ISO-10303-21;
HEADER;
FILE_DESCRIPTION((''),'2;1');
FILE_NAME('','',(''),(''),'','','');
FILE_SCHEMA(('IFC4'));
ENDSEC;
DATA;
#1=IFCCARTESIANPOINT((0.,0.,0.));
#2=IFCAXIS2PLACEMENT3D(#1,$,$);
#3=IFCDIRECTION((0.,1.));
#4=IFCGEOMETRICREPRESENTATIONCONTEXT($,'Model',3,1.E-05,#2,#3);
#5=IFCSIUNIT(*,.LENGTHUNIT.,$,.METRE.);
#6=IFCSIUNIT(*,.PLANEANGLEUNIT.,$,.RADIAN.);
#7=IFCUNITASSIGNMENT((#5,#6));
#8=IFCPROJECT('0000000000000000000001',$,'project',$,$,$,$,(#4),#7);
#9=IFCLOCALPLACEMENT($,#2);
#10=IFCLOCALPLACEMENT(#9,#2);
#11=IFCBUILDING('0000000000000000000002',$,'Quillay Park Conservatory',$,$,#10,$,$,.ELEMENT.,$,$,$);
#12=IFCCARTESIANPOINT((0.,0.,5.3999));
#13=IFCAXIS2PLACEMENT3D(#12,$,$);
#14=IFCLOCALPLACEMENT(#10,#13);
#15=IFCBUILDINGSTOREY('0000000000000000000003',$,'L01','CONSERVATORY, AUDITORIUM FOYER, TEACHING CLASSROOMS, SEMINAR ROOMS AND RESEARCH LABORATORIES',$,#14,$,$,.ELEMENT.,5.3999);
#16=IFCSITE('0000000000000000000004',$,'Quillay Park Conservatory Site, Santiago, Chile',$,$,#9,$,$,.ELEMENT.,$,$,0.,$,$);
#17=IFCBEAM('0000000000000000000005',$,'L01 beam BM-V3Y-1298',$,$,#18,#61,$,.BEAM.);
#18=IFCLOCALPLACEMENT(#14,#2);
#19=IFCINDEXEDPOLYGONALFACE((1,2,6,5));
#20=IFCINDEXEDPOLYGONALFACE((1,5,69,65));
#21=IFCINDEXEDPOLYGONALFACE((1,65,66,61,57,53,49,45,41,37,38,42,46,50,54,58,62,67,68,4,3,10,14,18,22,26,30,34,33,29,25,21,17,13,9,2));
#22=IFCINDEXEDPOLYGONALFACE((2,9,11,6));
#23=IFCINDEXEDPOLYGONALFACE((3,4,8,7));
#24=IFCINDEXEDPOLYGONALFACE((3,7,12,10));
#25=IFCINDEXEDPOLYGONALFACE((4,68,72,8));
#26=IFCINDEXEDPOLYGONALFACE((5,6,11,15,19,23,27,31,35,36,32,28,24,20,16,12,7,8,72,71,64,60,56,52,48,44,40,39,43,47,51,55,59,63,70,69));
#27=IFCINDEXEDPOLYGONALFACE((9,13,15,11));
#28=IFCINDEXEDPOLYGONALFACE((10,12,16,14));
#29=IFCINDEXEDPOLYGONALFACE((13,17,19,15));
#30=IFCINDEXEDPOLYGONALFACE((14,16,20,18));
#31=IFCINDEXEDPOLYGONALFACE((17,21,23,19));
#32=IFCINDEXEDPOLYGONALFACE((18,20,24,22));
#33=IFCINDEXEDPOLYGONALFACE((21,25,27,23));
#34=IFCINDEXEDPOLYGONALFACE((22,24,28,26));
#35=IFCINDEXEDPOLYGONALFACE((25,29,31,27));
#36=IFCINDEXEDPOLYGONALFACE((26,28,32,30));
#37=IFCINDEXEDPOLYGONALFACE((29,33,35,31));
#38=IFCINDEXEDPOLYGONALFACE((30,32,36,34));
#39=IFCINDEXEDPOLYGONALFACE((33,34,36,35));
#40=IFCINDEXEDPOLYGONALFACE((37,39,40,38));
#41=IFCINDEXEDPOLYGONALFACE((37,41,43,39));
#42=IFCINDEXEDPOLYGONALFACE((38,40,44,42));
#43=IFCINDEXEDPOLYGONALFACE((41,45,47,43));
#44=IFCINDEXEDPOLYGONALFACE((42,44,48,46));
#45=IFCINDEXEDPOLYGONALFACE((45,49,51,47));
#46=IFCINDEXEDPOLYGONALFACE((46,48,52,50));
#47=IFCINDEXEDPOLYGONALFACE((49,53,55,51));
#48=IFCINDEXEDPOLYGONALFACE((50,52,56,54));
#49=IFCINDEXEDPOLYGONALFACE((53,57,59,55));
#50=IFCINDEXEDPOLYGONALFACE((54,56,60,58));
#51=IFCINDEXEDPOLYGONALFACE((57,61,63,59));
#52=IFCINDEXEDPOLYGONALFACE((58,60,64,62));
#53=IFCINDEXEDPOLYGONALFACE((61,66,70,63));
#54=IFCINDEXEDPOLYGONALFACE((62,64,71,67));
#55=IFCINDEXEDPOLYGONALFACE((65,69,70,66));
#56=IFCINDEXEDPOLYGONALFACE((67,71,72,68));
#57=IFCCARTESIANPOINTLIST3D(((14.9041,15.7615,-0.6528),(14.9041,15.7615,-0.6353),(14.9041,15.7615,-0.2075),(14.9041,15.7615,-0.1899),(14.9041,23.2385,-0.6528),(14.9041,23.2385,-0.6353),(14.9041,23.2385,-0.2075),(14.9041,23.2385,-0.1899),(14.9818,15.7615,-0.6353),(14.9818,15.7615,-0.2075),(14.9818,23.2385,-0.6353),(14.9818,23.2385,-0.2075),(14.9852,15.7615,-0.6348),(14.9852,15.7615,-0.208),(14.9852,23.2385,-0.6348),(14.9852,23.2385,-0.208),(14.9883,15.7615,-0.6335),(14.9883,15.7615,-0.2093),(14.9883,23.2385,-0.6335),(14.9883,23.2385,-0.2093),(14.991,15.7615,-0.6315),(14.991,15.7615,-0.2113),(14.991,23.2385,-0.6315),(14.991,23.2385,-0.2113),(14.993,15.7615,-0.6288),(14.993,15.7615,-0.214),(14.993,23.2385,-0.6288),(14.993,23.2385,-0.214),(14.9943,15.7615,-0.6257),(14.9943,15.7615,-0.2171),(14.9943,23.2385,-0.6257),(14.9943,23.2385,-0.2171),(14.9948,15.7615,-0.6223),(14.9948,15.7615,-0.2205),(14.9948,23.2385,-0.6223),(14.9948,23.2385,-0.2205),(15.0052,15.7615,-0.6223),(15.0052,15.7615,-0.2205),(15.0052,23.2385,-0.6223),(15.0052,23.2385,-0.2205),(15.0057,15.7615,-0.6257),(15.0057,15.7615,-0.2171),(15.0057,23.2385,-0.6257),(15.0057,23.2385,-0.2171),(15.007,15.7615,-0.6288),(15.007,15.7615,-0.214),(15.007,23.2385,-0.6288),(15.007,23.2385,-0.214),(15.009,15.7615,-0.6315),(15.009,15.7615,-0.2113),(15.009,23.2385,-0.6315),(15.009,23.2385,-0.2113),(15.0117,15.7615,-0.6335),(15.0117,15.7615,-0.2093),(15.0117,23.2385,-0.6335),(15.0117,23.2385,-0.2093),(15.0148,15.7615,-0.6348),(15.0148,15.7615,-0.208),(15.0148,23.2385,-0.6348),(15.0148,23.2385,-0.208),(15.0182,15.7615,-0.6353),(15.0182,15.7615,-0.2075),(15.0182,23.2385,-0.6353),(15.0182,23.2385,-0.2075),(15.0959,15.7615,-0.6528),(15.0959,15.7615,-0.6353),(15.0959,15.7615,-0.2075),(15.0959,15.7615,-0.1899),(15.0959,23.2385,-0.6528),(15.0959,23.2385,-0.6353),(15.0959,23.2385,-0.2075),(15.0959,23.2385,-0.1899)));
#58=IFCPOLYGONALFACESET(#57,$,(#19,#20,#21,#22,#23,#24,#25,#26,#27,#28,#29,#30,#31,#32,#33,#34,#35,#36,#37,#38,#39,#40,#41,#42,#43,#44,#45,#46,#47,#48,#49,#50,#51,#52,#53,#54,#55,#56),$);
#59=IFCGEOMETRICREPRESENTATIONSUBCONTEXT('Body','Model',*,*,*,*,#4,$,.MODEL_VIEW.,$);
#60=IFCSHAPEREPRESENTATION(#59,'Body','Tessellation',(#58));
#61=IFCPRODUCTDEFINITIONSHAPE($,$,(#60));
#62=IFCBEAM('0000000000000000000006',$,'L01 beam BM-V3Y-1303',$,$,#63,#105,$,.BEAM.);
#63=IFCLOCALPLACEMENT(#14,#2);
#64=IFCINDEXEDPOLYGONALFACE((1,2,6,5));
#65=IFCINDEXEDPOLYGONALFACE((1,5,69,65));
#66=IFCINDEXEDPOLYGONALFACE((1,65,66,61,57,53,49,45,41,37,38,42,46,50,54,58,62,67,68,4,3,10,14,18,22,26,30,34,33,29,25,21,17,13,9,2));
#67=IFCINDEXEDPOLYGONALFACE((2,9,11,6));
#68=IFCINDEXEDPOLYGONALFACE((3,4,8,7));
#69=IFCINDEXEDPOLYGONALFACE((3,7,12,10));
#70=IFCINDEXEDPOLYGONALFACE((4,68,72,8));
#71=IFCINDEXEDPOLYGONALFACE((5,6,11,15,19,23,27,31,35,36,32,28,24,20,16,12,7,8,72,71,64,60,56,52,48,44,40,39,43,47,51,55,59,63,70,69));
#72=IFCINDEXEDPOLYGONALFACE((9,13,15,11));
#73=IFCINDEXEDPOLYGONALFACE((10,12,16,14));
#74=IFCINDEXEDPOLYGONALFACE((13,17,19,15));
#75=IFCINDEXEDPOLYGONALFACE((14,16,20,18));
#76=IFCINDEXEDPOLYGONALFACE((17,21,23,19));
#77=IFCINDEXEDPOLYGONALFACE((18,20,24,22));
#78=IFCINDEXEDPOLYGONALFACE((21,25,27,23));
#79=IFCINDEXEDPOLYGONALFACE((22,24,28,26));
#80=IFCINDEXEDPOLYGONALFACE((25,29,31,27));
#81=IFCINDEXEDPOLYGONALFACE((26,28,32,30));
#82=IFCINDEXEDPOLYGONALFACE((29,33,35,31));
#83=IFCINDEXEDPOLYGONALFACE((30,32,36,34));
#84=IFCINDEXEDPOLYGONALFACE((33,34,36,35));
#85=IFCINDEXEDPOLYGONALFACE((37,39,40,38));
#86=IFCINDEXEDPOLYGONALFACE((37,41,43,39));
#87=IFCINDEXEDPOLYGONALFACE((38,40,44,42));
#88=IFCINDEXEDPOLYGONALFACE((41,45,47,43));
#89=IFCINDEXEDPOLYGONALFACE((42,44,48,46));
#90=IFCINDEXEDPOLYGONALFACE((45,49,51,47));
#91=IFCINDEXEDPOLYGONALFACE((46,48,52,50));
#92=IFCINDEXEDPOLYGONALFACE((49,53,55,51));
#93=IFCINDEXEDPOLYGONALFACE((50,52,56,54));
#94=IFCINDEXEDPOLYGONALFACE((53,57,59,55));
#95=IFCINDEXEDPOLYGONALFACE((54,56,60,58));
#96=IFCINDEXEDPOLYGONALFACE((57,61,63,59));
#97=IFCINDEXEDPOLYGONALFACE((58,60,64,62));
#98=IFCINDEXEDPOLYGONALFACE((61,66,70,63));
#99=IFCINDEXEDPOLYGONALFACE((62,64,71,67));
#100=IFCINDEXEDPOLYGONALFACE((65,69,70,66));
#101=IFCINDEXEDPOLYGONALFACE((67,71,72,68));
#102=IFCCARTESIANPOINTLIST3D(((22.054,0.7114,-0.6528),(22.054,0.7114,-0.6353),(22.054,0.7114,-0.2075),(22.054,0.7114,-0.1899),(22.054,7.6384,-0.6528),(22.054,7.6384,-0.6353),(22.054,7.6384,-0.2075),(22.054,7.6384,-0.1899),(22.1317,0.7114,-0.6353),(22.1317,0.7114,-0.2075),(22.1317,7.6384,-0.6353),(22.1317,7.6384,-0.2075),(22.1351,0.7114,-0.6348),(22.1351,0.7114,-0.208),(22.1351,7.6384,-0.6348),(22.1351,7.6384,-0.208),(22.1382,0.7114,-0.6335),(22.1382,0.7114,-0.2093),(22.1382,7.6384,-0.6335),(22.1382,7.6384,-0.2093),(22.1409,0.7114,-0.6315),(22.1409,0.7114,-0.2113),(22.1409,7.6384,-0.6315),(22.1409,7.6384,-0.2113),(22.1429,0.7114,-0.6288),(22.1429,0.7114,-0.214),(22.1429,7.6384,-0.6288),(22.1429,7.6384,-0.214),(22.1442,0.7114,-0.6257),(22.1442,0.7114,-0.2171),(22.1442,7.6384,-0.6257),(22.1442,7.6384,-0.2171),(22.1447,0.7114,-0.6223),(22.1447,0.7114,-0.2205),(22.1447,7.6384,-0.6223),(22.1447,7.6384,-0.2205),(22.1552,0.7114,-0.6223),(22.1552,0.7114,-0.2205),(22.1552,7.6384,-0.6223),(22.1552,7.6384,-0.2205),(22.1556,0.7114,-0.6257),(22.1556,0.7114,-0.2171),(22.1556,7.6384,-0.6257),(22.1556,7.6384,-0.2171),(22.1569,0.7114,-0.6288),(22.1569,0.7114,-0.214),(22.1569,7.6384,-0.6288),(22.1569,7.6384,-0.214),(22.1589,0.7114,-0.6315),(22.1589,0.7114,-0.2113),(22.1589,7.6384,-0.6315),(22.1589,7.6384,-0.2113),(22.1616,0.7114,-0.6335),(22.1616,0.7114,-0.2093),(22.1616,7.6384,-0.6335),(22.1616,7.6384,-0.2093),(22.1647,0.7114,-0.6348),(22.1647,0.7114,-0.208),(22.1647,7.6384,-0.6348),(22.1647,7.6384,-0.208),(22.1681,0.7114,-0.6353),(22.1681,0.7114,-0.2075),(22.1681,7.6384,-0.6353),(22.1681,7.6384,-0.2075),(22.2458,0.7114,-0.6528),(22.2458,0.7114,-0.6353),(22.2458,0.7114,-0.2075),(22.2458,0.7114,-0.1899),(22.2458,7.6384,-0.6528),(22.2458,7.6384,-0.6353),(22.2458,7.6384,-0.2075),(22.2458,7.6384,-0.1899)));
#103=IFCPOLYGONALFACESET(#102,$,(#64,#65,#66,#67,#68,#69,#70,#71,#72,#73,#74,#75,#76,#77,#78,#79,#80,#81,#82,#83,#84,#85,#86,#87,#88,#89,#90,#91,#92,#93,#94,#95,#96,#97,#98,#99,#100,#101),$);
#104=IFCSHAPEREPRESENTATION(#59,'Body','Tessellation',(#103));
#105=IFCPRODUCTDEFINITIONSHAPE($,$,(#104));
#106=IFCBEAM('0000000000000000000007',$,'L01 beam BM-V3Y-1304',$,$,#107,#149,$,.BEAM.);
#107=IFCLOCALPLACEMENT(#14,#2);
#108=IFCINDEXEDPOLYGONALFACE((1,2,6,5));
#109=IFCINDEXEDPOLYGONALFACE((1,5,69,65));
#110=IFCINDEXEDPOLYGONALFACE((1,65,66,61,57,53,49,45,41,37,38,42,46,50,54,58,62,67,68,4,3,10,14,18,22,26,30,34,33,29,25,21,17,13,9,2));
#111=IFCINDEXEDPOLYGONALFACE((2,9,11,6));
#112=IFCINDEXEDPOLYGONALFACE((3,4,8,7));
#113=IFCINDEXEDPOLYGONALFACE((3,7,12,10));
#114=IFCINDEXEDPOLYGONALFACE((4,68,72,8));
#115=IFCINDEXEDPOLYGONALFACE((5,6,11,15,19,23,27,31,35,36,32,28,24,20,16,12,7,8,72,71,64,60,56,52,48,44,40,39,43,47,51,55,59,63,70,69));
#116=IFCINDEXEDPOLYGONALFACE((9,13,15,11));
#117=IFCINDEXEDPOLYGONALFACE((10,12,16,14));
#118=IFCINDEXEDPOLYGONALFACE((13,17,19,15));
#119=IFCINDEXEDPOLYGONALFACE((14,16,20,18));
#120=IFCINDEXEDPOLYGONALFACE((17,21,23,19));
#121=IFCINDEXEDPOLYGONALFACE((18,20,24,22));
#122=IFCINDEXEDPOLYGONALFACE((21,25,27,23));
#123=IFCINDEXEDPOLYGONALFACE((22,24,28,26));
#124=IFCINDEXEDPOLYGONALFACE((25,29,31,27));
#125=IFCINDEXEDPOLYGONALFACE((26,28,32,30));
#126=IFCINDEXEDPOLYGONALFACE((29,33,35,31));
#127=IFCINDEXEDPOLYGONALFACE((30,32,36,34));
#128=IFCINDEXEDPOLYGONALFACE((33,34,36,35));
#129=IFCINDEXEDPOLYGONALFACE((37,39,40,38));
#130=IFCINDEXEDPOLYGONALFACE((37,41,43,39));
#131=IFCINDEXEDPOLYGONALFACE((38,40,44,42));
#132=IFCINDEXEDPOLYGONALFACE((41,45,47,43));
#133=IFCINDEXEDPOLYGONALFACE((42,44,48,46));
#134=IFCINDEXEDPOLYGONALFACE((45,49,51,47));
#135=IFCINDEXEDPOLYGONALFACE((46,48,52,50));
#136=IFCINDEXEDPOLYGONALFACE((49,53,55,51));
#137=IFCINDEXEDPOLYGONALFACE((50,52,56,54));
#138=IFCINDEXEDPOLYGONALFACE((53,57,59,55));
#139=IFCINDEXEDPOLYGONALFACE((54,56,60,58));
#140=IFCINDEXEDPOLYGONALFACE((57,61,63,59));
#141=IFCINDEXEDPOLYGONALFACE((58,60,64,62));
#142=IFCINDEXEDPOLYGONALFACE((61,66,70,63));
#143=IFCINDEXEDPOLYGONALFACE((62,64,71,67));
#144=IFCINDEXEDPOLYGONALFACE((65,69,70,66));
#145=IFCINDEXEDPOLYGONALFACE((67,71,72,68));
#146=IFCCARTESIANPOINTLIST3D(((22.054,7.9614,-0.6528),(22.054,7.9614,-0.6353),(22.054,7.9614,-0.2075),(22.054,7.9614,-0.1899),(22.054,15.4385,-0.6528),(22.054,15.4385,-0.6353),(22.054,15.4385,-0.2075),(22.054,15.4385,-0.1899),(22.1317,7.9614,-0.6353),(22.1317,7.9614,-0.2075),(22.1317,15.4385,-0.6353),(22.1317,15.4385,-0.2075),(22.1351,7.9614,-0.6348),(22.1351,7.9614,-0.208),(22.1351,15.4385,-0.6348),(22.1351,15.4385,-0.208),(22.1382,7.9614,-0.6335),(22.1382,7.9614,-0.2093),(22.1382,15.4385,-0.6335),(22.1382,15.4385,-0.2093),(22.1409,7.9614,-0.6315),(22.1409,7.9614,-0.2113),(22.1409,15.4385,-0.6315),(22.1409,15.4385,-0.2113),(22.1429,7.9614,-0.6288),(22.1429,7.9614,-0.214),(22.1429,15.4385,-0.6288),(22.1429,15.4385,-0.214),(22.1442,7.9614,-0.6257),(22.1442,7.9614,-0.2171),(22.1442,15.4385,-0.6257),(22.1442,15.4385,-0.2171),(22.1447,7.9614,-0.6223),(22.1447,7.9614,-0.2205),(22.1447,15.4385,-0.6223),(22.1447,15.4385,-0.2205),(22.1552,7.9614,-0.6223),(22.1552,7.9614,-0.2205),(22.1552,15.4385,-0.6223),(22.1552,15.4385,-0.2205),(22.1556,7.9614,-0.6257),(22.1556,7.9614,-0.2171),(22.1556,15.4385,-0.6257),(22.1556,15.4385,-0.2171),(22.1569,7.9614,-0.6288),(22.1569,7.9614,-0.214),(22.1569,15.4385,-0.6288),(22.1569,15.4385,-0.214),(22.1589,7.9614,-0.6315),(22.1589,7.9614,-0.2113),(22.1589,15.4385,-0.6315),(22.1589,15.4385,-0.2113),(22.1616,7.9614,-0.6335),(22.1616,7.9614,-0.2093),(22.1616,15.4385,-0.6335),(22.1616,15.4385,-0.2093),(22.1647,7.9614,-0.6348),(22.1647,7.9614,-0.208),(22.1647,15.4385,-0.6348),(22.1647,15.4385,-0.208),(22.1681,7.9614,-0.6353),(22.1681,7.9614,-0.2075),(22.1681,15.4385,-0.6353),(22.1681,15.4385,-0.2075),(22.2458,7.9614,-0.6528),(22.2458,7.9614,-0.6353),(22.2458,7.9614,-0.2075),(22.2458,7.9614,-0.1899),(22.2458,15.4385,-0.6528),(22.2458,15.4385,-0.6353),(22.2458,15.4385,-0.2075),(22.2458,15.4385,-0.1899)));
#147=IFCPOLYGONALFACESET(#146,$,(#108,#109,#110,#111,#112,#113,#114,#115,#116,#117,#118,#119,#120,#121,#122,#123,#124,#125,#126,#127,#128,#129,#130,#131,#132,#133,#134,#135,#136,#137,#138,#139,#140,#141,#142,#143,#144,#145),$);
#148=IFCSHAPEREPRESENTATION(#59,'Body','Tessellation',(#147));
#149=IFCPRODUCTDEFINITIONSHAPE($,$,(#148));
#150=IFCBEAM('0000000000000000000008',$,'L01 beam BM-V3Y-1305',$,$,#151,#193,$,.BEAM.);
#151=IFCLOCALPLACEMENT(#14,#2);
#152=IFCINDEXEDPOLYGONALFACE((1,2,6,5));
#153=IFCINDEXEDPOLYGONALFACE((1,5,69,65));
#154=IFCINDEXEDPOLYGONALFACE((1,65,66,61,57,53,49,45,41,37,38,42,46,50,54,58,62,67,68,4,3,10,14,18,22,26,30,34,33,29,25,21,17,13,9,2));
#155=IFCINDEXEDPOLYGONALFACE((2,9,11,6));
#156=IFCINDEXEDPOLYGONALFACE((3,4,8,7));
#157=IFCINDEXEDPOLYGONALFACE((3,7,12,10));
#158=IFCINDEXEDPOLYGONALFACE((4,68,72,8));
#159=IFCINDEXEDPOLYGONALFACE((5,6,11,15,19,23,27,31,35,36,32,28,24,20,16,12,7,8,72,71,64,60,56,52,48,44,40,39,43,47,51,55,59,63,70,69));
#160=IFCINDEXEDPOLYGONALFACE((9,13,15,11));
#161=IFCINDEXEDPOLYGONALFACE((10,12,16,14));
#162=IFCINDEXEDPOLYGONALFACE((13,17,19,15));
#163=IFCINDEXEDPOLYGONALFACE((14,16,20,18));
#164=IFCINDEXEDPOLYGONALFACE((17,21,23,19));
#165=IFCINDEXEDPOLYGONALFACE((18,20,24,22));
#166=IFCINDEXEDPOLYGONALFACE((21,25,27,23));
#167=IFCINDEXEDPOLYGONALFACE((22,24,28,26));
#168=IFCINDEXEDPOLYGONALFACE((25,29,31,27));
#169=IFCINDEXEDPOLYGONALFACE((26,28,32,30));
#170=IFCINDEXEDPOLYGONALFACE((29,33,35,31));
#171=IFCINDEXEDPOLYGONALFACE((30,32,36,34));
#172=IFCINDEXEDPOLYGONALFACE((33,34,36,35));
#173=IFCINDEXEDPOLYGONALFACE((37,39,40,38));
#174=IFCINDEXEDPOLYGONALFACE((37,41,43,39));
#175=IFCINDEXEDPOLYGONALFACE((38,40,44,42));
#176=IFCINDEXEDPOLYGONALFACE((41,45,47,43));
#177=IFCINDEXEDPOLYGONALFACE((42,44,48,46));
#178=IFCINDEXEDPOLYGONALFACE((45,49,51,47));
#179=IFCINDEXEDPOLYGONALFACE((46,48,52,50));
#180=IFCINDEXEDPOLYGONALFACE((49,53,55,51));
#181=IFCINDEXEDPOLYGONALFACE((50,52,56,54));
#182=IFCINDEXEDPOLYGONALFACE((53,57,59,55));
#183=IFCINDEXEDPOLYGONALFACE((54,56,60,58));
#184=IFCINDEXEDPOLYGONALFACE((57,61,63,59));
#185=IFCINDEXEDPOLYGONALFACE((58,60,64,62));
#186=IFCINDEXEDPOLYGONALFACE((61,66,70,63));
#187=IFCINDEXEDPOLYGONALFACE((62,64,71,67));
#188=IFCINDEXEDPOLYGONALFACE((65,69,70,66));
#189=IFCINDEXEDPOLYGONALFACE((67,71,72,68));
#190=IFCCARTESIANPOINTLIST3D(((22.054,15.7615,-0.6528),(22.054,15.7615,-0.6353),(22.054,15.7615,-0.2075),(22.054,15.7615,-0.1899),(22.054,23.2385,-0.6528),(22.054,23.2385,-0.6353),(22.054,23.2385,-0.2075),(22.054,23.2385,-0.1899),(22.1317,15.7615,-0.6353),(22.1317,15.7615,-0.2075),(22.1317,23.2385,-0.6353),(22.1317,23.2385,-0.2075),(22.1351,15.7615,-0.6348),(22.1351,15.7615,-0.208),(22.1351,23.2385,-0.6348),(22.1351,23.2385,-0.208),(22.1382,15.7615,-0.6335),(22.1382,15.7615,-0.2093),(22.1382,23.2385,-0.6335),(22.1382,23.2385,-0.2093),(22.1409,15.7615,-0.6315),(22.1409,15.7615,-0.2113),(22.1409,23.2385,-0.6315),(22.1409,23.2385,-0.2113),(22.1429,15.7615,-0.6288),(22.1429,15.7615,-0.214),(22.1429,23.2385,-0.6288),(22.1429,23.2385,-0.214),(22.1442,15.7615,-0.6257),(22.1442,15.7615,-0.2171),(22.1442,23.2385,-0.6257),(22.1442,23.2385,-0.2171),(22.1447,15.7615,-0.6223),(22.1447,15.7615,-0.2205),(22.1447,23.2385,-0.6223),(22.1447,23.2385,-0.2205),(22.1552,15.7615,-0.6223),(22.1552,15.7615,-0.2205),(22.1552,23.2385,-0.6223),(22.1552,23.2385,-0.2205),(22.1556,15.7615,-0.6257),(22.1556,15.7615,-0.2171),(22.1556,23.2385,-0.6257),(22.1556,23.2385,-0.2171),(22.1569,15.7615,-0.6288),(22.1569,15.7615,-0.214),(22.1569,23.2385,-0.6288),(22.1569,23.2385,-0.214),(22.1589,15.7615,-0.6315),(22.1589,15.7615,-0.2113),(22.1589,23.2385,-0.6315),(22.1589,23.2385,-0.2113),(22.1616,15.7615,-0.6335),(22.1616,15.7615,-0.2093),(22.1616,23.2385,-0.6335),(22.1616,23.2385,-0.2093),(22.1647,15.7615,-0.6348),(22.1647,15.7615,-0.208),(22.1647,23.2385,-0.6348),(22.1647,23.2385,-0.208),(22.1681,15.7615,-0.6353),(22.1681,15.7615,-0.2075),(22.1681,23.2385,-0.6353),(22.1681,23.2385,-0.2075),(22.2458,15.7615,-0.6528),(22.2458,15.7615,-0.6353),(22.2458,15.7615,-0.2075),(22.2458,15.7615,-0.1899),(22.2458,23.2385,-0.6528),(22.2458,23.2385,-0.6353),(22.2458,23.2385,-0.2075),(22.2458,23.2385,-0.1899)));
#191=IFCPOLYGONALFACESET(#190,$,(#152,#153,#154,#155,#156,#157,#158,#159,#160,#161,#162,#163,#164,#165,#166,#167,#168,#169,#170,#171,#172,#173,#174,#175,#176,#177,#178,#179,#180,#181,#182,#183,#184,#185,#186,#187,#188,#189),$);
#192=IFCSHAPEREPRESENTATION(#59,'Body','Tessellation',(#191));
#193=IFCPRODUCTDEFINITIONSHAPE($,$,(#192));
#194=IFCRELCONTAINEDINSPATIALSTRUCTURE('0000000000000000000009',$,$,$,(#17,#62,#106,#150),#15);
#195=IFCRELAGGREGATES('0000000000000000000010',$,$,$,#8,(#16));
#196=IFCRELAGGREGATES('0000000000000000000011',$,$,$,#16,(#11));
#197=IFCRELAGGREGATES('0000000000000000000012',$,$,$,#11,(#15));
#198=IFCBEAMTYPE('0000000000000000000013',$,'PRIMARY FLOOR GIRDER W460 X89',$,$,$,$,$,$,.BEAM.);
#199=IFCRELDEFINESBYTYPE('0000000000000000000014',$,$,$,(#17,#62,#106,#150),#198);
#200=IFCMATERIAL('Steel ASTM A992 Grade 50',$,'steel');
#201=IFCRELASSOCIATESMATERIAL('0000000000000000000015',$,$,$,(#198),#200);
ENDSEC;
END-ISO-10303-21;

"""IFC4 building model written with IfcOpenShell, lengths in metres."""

from ifc_helpers import new_model, si_unit, direction, frame, origin, origin_2d, place, context, subcontext, project, spatial, i_section, extrude, material, material_profile, profile_set, type_object, element, save


model = new_model("IFC4")

# Units and contexts
model_context = context("Model", 3, precision=1e-05, world=origin(), true_north=direction((0.0, 1.0)))
body_context = subcontext(model_context, "Body", "Model", "MODEL_VIEW")
ifc_project = project(units=[si_unit("LENGTHUNIT", "METRE"), si_unit("PLANEANGLEUNIT", "RADIAN")], contexts=[model_context])

# Site, building, storey
site_placement = place(None, origin())
site = spatial("IfcSite", under=ifc_project, at=site_placement, Name="Quillay Park Conservatory Site, Santiago, Chile", CompositionType="ELEMENT", RefElevation=0.0)
building_placement = place(site_placement, origin())
building = spatial("IfcBuilding", under=site, at=building_placement, Name="Quillay Park Conservatory", CompositionType="ELEMENT")
storey_placement = place(building_placement, frame((0.0, 0.0, 5.3999)))
storey = spatial("IfcBuildingStorey", under=building, at=storey_placement, Name="L01", Description="CONSERVATORY, AUDITORIUM FOYER, TEACHING CLASSROOMS, SEMINAR ROOMS AND RESEARCH LABORATORIES", CompositionType="ELEMENT", Elevation=5.3999)

# Beams
ifc_material_1 = material(Name="Steel ASTM A992 Grade 50", Category="steel")
ifc_material_profile_1 = material_profile(ifc_material_1, i_section(OverallWidth=0.1919, OverallDepth=0.4629, WebThickness=0.0105, FlangeThickness=0.0176, FilletRadius=0.0129, at=origin_2d()), Name="W460x89")
ifc_profile_set_1 = profile_set([ifc_material_profile_1], Name="Steel ASTM A992 Grade 50")
beam_type_1 = type_object("IfcBeamType", Name="PRIMARY FLOOR GIRDER W460 X89", PredefinedType="BEAM", material=ifc_profile_set_1)
for number, where, z_axis, x_axis, name in (
    (1, (15.0, 15.7615, -0.4214), (0.0, 1.0, 0.0), (-1.0, 0.0, 0.0), "L01 beam BM-V3Y-1298"),
):
    element("IfcBeam", number, at=place(storey_placement, frame(where, z_axis=z_axis, x_axis=x_axis)), inside=storey, type_object=beam_type_1, Name=name, PredefinedType="BEAM", context=body_context, shape_type="SweptSolid", body=[
        extrude(i_section(OverallWidth=0.1919, OverallDepth=0.4629, WebThickness=0.0105, FlangeThickness=0.0176, FilletRadius=0.0129, at=origin_2d()), origin(), (0.0, 0.0, 1.0), 7.4771),
    ])
beam_1_placement = place(storey_placement, frame((22.1499, 0.7114, -0.4214), z_axis=(0.0, 1.0, 0.0), x_axis=(-1.0, 0.0, 0.0)))
element("IfcBeam", 2, at=beam_1_placement, inside=storey, type_object=beam_type_1, Name="L01 beam BM-V3Y-1303", PredefinedType="BEAM", context=body_context, shape_type="SweptSolid", body=[
    extrude(i_section(OverallWidth=0.1919, OverallDepth=0.4629, WebThickness=0.0105, FlangeThickness=0.0176, FilletRadius=0.0129, at=origin_2d()), origin(), (0.0, 0.0, 1.0), 6.927),
])
for number, where, z_axis, x_axis, name in (
    (3, (22.1499, 7.9614, -0.4214), (0.0, 1.0, 0.0), (-1.0, 0.0, 0.0), "L01 beam BM-V3Y-1304"),
    (4, (22.1499, 15.7615, -0.4214), (0.0, 1.0, 0.0), (-1.0, 0.0, 0.0), "L01 beam BM-V3Y-1305"),
):
    element("IfcBeam", number, at=place(storey_placement, frame(where, z_axis=z_axis, x_axis=x_axis)), inside=storey, type_object=beam_type_1, Name=name, PredefinedType="BEAM", context=body_context, shape_type="SweptSolid", body=[
        extrude(i_section(OverallWidth=0.1919, OverallDepth=0.4629, WebThickness=0.0105, FlangeThickness=0.0176, FilletRadius=0.0129, at=origin_2d()), origin(), (0.0, 0.0, 1.0), 7.4771),
    ])

save(model, "model.ifc")
